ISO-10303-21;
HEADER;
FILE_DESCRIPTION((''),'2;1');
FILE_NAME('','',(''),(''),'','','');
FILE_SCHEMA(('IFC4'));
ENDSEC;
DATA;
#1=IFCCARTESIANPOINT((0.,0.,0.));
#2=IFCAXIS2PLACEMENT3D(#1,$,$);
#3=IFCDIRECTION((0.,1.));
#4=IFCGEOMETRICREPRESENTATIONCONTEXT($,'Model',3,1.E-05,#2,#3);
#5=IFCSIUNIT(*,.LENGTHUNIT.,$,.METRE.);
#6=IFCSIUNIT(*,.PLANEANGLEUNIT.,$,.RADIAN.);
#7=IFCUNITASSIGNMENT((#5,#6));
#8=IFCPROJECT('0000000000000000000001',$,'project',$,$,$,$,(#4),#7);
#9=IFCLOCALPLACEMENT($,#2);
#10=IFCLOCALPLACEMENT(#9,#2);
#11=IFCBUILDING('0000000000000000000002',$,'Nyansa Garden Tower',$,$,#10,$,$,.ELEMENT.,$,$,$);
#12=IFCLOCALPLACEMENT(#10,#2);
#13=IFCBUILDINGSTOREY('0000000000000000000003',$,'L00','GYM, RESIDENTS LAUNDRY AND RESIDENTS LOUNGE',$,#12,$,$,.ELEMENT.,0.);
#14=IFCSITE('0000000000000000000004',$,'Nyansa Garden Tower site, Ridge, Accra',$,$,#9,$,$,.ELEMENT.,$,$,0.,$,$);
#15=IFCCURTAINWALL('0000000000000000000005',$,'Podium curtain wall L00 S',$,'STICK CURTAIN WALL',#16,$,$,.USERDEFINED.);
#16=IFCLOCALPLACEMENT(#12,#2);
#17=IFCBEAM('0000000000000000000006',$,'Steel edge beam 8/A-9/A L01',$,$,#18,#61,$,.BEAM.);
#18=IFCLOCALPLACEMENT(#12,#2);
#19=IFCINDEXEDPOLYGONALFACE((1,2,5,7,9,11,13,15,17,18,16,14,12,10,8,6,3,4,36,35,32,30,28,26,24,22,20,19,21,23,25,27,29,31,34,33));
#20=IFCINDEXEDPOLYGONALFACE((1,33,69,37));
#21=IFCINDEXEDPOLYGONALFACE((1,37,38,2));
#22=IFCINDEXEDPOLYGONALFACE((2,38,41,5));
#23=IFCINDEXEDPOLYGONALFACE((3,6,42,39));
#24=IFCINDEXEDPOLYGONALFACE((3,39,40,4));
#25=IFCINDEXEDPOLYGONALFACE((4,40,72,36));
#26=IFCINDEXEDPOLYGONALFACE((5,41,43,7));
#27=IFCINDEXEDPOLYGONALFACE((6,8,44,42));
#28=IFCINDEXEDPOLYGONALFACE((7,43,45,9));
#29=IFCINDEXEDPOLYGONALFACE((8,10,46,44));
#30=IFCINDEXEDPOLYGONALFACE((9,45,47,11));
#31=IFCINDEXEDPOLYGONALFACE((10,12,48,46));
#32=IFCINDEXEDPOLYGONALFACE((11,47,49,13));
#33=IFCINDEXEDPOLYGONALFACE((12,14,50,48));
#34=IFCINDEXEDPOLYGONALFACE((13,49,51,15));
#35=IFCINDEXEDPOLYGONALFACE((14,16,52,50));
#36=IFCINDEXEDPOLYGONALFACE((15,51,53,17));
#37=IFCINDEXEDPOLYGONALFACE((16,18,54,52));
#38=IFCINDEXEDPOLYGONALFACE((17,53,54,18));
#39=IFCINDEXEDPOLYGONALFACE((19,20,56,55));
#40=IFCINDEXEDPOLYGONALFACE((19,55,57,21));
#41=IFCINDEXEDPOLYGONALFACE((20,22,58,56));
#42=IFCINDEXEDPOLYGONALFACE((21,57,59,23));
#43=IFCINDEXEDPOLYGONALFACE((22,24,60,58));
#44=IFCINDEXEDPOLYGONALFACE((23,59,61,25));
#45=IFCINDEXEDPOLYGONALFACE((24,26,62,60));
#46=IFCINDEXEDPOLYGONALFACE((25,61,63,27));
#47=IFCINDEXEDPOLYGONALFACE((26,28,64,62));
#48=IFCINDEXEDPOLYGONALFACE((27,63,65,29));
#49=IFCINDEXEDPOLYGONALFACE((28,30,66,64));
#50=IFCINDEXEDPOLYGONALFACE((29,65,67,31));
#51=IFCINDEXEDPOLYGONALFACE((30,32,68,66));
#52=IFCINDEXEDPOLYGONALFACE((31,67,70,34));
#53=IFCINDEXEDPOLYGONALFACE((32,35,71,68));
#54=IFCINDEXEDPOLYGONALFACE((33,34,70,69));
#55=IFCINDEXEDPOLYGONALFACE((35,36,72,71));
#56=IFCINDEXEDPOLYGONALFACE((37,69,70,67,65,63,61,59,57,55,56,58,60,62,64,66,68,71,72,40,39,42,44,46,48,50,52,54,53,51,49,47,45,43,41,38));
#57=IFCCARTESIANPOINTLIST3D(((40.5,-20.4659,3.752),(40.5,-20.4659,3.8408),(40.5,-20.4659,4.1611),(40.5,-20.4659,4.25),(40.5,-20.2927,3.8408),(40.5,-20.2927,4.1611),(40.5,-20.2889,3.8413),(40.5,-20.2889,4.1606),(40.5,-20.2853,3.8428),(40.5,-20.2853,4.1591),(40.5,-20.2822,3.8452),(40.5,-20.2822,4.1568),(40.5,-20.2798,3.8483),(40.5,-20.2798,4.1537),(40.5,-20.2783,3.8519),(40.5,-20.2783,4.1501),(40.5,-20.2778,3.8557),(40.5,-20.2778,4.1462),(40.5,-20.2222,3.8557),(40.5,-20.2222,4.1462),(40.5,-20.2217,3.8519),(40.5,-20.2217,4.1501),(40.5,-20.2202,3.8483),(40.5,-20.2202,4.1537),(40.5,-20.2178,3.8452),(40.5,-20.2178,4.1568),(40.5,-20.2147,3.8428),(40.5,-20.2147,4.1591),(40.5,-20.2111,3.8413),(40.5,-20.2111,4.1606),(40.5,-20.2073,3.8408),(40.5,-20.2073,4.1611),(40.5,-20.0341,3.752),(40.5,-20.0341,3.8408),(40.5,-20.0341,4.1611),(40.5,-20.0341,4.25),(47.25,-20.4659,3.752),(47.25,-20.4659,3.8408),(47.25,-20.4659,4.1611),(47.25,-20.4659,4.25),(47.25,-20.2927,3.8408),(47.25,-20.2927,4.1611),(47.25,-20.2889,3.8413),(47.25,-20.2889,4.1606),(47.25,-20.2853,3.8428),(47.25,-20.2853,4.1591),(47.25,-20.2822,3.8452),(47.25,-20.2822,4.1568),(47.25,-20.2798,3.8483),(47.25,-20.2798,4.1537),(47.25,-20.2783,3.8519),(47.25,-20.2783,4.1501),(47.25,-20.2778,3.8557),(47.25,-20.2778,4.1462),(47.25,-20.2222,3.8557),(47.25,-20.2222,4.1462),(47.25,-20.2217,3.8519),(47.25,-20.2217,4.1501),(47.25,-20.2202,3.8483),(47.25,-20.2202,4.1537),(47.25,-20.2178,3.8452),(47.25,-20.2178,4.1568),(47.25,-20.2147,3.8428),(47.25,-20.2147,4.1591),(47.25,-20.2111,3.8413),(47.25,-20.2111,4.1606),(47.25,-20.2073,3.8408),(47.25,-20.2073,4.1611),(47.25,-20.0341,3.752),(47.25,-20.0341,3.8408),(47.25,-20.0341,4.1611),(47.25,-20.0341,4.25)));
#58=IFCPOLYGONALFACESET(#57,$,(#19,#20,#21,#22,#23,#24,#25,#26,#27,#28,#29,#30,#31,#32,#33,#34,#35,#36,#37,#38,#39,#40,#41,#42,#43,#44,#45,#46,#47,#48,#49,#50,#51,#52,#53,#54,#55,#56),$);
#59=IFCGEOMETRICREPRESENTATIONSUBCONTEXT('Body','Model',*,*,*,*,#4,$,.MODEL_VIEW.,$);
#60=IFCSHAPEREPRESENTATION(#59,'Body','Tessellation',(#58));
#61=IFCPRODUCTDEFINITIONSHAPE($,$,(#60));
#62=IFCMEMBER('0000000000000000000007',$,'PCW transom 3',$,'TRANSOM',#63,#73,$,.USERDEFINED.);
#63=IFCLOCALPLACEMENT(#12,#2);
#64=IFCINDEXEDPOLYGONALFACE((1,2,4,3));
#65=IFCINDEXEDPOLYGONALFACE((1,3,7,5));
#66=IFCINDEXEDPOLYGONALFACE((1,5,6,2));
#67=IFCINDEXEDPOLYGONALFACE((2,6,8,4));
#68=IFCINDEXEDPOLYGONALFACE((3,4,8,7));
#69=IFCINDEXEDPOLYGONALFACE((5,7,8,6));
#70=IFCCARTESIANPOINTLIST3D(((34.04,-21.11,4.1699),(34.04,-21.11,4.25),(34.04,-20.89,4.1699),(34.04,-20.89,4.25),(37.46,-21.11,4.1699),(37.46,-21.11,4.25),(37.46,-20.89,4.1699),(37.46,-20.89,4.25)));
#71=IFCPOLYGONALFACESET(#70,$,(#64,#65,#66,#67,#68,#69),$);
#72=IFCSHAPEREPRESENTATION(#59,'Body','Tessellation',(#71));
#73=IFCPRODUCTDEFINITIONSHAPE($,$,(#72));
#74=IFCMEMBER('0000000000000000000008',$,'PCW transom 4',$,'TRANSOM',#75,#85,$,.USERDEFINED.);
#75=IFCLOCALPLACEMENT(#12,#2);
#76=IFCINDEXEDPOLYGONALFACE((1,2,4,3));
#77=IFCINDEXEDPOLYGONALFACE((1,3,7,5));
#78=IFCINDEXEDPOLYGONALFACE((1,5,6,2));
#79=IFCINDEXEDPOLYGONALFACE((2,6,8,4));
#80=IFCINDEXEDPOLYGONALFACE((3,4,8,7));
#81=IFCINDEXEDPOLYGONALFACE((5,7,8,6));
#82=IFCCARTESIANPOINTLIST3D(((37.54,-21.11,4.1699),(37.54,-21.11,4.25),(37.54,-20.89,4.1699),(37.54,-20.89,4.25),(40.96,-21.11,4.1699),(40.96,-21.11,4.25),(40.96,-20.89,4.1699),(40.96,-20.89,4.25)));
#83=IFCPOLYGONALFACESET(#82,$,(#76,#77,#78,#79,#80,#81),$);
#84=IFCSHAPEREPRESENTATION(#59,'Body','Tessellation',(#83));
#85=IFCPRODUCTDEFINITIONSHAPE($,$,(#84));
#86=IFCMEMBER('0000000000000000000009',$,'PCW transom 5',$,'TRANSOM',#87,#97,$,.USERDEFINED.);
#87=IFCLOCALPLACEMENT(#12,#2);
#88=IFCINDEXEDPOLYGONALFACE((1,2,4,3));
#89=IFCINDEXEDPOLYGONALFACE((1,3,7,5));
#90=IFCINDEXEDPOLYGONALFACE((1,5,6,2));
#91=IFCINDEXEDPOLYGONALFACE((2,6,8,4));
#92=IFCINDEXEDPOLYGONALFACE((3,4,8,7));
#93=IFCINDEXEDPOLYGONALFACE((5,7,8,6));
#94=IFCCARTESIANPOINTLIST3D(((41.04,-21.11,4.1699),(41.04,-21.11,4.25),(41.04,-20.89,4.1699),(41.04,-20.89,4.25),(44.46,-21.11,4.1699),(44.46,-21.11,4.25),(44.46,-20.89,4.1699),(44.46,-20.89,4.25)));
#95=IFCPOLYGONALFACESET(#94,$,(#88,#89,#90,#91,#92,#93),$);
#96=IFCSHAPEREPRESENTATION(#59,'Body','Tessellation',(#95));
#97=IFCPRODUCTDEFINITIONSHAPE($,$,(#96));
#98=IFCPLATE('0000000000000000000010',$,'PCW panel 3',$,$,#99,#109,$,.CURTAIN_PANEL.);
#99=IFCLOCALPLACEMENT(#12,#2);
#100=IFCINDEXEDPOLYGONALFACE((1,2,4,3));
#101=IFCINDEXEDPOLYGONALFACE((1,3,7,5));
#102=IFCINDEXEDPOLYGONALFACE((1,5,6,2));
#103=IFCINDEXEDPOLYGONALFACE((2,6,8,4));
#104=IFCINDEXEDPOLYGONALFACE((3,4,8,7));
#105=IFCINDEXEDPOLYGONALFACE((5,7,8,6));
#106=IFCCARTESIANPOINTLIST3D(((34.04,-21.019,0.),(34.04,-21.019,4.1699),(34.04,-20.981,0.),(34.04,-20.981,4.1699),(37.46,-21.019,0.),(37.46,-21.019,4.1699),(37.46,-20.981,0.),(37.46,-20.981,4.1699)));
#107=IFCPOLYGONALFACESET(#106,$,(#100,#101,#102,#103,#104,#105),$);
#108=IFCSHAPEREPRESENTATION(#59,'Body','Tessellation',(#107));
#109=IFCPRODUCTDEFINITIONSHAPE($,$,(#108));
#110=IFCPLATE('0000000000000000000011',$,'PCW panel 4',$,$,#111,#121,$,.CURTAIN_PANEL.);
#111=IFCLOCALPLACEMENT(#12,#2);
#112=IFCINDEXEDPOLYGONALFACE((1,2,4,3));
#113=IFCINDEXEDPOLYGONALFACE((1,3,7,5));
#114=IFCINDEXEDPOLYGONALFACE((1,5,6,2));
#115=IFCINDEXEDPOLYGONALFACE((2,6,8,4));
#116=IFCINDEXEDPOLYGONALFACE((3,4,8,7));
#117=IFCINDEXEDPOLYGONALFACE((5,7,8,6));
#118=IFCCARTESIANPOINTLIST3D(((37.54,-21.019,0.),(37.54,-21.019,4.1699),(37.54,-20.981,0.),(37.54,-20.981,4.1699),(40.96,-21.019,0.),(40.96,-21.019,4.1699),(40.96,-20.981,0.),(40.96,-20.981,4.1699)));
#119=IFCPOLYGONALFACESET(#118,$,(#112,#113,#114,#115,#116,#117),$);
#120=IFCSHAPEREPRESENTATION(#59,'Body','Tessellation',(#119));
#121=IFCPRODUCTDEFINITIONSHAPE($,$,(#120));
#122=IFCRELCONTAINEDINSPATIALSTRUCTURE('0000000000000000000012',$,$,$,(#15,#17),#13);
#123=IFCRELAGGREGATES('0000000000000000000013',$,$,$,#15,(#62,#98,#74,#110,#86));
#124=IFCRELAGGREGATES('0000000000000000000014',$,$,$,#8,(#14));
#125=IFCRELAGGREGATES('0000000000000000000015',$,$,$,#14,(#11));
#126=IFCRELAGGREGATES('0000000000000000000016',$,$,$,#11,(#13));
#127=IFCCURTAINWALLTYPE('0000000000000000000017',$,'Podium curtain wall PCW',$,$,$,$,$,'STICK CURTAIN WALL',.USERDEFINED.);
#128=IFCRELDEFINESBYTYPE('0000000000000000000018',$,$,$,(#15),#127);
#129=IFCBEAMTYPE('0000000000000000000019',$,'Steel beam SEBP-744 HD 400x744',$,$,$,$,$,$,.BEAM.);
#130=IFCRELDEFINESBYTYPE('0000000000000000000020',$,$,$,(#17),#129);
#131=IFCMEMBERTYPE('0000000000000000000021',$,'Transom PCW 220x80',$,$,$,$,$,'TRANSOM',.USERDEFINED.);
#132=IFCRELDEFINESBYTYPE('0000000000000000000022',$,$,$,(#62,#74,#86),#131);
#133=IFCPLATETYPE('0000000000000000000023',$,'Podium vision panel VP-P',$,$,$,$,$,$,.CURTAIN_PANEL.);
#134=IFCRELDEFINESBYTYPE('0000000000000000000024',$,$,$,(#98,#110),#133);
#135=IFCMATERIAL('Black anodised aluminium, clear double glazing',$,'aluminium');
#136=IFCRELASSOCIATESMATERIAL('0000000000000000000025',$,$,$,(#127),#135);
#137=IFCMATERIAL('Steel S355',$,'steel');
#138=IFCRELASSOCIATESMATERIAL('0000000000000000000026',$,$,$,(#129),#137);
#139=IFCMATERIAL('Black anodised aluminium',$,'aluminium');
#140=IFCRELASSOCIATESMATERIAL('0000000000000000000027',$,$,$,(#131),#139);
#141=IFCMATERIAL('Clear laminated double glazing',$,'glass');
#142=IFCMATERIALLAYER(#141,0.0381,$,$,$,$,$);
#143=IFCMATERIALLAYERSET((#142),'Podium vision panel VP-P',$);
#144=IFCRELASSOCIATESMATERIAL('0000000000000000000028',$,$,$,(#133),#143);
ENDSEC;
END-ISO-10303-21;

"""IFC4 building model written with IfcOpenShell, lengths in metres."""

from ifc_helpers import new_model, si_unit, direction, frame, origin, origin_2d, place, context, subcontext, project, spatial, rectangle, i_section, extrude, material, layer, layer_set, material_profile, profile_set, type_object, element, aggregate, save


model = new_model("IFC4")

# Units and contexts
model_context = context("Model", 3, precision=1e-05, world=origin(), true_north=direction((0.0, 1.0)))
body_context = subcontext(model_context, "Body", "Model", "MODEL_VIEW")
ifc_project = project(units=[si_unit("LENGTHUNIT", "METRE"), si_unit("PLANEANGLEUNIT", "RADIAN")], contexts=[model_context])

# Site, building, storey
site_placement = place(None, origin())
site = spatial("IfcSite", under=ifc_project, at=site_placement, Name="Nyansa Garden Tower site, Ridge, Accra", CompositionType="ELEMENT", RefElevation=0.0)
building_placement = place(site_placement, origin())
building = spatial("IfcBuilding", under=site, at=building_placement, Name="Nyansa Garden Tower", CompositionType="ELEMENT")
storey_placement = place(building_placement, origin())
storey = spatial("IfcBuildingStorey", under=building, at=storey_placement, Name="L00", Description="GYM, RESIDENTS LAUNDRY AND RESIDENTS LOUNGE", CompositionType="ELEMENT", Elevation=0.0)

# Curtain wall
ifc_material_1 = material(Name="Black anodised aluminium, clear double glazing", Category="aluminium")
curtain_wall_type = type_object("IfcCurtainWallType", Name="Podium curtain wall PCW", ElementType="STICK CURTAIN WALL", PredefinedType="USERDEFINED", material=ifc_material_1)
curtain_wall_placement = place(storey_placement, origin())
curtain_wall = element("IfcCurtainWall", 1, at=curtain_wall_placement, inside=storey, type_object=curtain_wall_type, Name="Podium curtain wall L00 S", ObjectType="STICK CURTAIN WALL", PredefinedType="USERDEFINED")

# Beam
ifc_material_2 = material(Name="Steel S355", Category="steel")
ifc_material_profile_1 = material_profile(ifc_material_2, i_section(OverallWidth=0.4319, OverallDepth=0.498, WebThickness=0.0557, FlangeThickness=0.0889, FilletRadius=0.0149, at=origin_2d()), Name="HD 400x744")
ifc_profile_set_1 = profile_set([ifc_material_profile_1], Name="Steel S355")
beam_type_1 = type_object("IfcBeamType", Name="Steel beam SEBP-744 HD 400x744", PredefinedType="BEAM", material=ifc_profile_set_1)
beam_placement = place(storey_placement, frame((40.5, -20.25, 4.001), z_axis=(1.0, 0.0, 0.0), x_axis=(0.0, 1.0, 0.0)))
element("IfcBeam", 2, at=beam_placement, inside=storey, type_object=beam_type_1, Name="Steel edge beam 8/A-9/A L01", PredefinedType="BEAM", context=body_context, shape_type="SweptSolid", body=[
    extrude(i_section(OverallWidth=0.4319, OverallDepth=0.498, WebThickness=0.0557, FlangeThickness=0.0889, FilletRadius=0.0149, at=origin_2d()), origin(), (0.0, 0.0, 1.0), 6.75),
])

# Members
ifc_material_3 = material(Name="Black anodised aluminium", Category="aluminium")
ifc_material_profile_2 = material_profile(ifc_material_3, rectangle(XDim=0.22, YDim=0.0801, at=origin_2d()), Name="Transom 220x80")
ifc_profile_set_2 = profile_set([ifc_material_profile_2], Name="Black anodised aluminium")
member_type_1 = type_object("IfcMemberType", Name="Transom PCW 220x80", ElementType="TRANSOM", PredefinedType="USERDEFINED", material=ifc_profile_set_2)
member_1_placement = place(storey_placement, frame((34.04, -21.0, 4.21), z_axis=(1.0, 0.0, 0.0), x_axis=(0.0, 1.0, 0.0)))
member_1 = element("IfcMember", 3, at=member_1_placement, type_object=member_type_1, Name="PCW transom 3", ObjectType="TRANSOM", PredefinedType="USERDEFINED", context=body_context, shape_type="SweptSolid", body=[
    extrude(rectangle(XDim=0.22, YDim=0.0801, at=origin_2d()), origin(), (0.0, 0.0, 1.0), 3.4199),
])
member_2_placement = place(storey_placement, frame((37.54, -21.0, 4.21), z_axis=(1.0, 0.0, 0.0), x_axis=(0.0, 1.0, 0.0)))
member_2 = element("IfcMember", 4, at=member_2_placement, type_object=member_type_1, Name="PCW transom 4", ObjectType="TRANSOM", PredefinedType="USERDEFINED", context=body_context, shape_type="SweptSolid", body=[
    extrude(rectangle(XDim=0.22, YDim=0.0801, at=origin_2d()), origin(), (0.0, 0.0, 1.0), 3.4199),
])
member_3_placement = place(storey_placement, frame((41.04, -21.0, 4.21), z_axis=(1.0, 0.0, 0.0), x_axis=(0.0, 1.0, 0.0)))
member_3 = element("IfcMember", 5, at=member_3_placement, type_object=member_type_1, Name="PCW transom 5", ObjectType="TRANSOM", PredefinedType="USERDEFINED", context=body_context, shape_type="SweptSolid", body=[
    extrude(rectangle(XDim=0.22, YDim=0.0801, at=origin_2d()), origin(), (0.0, 0.0, 1.0), 3.4199),
])

# Plates
ifc_material_4 = material(Name="Clear laminated double glazing", Category="glass")
ifc_layer = layer(ifc_material_4, 0.0381)
ifc_layer_set = layer_set([ifc_layer], Name="Podium vision panel VP-P")
plate_type = type_object("IfcPlateType", Name="Podium vision panel VP-P", PredefinedType="CURTAIN_PANEL", material=ifc_layer_set)
plate_1_placement = place(storey_placement, frame((35.75, -21.0, 0.0), z_axis=(0.0, 0.0, 1.0), x_axis=(1.0, 0.0, 0.0)))
plate_1 = element("IfcPlate", 6, at=plate_1_placement, type_object=plate_type, Name="PCW panel 3", PredefinedType="CURTAIN_PANEL", context=body_context, shape_type="SweptSolid", body=[
    extrude(rectangle(XDim=3.4199, YDim=0.0381, at=origin_2d()), origin(), (0.0, 0.0, 1.0), 4.1699),
])
plate_2_placement = place(storey_placement, frame((39.25, -21.0, 0.0), z_axis=(0.0, 0.0, 1.0), x_axis=(1.0, 0.0, 0.0)))
plate_2 = element("IfcPlate", 7, at=plate_2_placement, type_object=plate_type, Name="PCW panel 4", PredefinedType="CURTAIN_PANEL", context=body_context, shape_type="SweptSolid", body=[
    extrude(rectangle(XDim=3.4199, YDim=0.0381, at=origin_2d()), origin(), (0.0, 0.0, 1.0), 4.1699),
])
aggregate(curtain_wall, [member_1, plate_1, member_2, plate_2, member_3])

save(model, "model.ifc")
